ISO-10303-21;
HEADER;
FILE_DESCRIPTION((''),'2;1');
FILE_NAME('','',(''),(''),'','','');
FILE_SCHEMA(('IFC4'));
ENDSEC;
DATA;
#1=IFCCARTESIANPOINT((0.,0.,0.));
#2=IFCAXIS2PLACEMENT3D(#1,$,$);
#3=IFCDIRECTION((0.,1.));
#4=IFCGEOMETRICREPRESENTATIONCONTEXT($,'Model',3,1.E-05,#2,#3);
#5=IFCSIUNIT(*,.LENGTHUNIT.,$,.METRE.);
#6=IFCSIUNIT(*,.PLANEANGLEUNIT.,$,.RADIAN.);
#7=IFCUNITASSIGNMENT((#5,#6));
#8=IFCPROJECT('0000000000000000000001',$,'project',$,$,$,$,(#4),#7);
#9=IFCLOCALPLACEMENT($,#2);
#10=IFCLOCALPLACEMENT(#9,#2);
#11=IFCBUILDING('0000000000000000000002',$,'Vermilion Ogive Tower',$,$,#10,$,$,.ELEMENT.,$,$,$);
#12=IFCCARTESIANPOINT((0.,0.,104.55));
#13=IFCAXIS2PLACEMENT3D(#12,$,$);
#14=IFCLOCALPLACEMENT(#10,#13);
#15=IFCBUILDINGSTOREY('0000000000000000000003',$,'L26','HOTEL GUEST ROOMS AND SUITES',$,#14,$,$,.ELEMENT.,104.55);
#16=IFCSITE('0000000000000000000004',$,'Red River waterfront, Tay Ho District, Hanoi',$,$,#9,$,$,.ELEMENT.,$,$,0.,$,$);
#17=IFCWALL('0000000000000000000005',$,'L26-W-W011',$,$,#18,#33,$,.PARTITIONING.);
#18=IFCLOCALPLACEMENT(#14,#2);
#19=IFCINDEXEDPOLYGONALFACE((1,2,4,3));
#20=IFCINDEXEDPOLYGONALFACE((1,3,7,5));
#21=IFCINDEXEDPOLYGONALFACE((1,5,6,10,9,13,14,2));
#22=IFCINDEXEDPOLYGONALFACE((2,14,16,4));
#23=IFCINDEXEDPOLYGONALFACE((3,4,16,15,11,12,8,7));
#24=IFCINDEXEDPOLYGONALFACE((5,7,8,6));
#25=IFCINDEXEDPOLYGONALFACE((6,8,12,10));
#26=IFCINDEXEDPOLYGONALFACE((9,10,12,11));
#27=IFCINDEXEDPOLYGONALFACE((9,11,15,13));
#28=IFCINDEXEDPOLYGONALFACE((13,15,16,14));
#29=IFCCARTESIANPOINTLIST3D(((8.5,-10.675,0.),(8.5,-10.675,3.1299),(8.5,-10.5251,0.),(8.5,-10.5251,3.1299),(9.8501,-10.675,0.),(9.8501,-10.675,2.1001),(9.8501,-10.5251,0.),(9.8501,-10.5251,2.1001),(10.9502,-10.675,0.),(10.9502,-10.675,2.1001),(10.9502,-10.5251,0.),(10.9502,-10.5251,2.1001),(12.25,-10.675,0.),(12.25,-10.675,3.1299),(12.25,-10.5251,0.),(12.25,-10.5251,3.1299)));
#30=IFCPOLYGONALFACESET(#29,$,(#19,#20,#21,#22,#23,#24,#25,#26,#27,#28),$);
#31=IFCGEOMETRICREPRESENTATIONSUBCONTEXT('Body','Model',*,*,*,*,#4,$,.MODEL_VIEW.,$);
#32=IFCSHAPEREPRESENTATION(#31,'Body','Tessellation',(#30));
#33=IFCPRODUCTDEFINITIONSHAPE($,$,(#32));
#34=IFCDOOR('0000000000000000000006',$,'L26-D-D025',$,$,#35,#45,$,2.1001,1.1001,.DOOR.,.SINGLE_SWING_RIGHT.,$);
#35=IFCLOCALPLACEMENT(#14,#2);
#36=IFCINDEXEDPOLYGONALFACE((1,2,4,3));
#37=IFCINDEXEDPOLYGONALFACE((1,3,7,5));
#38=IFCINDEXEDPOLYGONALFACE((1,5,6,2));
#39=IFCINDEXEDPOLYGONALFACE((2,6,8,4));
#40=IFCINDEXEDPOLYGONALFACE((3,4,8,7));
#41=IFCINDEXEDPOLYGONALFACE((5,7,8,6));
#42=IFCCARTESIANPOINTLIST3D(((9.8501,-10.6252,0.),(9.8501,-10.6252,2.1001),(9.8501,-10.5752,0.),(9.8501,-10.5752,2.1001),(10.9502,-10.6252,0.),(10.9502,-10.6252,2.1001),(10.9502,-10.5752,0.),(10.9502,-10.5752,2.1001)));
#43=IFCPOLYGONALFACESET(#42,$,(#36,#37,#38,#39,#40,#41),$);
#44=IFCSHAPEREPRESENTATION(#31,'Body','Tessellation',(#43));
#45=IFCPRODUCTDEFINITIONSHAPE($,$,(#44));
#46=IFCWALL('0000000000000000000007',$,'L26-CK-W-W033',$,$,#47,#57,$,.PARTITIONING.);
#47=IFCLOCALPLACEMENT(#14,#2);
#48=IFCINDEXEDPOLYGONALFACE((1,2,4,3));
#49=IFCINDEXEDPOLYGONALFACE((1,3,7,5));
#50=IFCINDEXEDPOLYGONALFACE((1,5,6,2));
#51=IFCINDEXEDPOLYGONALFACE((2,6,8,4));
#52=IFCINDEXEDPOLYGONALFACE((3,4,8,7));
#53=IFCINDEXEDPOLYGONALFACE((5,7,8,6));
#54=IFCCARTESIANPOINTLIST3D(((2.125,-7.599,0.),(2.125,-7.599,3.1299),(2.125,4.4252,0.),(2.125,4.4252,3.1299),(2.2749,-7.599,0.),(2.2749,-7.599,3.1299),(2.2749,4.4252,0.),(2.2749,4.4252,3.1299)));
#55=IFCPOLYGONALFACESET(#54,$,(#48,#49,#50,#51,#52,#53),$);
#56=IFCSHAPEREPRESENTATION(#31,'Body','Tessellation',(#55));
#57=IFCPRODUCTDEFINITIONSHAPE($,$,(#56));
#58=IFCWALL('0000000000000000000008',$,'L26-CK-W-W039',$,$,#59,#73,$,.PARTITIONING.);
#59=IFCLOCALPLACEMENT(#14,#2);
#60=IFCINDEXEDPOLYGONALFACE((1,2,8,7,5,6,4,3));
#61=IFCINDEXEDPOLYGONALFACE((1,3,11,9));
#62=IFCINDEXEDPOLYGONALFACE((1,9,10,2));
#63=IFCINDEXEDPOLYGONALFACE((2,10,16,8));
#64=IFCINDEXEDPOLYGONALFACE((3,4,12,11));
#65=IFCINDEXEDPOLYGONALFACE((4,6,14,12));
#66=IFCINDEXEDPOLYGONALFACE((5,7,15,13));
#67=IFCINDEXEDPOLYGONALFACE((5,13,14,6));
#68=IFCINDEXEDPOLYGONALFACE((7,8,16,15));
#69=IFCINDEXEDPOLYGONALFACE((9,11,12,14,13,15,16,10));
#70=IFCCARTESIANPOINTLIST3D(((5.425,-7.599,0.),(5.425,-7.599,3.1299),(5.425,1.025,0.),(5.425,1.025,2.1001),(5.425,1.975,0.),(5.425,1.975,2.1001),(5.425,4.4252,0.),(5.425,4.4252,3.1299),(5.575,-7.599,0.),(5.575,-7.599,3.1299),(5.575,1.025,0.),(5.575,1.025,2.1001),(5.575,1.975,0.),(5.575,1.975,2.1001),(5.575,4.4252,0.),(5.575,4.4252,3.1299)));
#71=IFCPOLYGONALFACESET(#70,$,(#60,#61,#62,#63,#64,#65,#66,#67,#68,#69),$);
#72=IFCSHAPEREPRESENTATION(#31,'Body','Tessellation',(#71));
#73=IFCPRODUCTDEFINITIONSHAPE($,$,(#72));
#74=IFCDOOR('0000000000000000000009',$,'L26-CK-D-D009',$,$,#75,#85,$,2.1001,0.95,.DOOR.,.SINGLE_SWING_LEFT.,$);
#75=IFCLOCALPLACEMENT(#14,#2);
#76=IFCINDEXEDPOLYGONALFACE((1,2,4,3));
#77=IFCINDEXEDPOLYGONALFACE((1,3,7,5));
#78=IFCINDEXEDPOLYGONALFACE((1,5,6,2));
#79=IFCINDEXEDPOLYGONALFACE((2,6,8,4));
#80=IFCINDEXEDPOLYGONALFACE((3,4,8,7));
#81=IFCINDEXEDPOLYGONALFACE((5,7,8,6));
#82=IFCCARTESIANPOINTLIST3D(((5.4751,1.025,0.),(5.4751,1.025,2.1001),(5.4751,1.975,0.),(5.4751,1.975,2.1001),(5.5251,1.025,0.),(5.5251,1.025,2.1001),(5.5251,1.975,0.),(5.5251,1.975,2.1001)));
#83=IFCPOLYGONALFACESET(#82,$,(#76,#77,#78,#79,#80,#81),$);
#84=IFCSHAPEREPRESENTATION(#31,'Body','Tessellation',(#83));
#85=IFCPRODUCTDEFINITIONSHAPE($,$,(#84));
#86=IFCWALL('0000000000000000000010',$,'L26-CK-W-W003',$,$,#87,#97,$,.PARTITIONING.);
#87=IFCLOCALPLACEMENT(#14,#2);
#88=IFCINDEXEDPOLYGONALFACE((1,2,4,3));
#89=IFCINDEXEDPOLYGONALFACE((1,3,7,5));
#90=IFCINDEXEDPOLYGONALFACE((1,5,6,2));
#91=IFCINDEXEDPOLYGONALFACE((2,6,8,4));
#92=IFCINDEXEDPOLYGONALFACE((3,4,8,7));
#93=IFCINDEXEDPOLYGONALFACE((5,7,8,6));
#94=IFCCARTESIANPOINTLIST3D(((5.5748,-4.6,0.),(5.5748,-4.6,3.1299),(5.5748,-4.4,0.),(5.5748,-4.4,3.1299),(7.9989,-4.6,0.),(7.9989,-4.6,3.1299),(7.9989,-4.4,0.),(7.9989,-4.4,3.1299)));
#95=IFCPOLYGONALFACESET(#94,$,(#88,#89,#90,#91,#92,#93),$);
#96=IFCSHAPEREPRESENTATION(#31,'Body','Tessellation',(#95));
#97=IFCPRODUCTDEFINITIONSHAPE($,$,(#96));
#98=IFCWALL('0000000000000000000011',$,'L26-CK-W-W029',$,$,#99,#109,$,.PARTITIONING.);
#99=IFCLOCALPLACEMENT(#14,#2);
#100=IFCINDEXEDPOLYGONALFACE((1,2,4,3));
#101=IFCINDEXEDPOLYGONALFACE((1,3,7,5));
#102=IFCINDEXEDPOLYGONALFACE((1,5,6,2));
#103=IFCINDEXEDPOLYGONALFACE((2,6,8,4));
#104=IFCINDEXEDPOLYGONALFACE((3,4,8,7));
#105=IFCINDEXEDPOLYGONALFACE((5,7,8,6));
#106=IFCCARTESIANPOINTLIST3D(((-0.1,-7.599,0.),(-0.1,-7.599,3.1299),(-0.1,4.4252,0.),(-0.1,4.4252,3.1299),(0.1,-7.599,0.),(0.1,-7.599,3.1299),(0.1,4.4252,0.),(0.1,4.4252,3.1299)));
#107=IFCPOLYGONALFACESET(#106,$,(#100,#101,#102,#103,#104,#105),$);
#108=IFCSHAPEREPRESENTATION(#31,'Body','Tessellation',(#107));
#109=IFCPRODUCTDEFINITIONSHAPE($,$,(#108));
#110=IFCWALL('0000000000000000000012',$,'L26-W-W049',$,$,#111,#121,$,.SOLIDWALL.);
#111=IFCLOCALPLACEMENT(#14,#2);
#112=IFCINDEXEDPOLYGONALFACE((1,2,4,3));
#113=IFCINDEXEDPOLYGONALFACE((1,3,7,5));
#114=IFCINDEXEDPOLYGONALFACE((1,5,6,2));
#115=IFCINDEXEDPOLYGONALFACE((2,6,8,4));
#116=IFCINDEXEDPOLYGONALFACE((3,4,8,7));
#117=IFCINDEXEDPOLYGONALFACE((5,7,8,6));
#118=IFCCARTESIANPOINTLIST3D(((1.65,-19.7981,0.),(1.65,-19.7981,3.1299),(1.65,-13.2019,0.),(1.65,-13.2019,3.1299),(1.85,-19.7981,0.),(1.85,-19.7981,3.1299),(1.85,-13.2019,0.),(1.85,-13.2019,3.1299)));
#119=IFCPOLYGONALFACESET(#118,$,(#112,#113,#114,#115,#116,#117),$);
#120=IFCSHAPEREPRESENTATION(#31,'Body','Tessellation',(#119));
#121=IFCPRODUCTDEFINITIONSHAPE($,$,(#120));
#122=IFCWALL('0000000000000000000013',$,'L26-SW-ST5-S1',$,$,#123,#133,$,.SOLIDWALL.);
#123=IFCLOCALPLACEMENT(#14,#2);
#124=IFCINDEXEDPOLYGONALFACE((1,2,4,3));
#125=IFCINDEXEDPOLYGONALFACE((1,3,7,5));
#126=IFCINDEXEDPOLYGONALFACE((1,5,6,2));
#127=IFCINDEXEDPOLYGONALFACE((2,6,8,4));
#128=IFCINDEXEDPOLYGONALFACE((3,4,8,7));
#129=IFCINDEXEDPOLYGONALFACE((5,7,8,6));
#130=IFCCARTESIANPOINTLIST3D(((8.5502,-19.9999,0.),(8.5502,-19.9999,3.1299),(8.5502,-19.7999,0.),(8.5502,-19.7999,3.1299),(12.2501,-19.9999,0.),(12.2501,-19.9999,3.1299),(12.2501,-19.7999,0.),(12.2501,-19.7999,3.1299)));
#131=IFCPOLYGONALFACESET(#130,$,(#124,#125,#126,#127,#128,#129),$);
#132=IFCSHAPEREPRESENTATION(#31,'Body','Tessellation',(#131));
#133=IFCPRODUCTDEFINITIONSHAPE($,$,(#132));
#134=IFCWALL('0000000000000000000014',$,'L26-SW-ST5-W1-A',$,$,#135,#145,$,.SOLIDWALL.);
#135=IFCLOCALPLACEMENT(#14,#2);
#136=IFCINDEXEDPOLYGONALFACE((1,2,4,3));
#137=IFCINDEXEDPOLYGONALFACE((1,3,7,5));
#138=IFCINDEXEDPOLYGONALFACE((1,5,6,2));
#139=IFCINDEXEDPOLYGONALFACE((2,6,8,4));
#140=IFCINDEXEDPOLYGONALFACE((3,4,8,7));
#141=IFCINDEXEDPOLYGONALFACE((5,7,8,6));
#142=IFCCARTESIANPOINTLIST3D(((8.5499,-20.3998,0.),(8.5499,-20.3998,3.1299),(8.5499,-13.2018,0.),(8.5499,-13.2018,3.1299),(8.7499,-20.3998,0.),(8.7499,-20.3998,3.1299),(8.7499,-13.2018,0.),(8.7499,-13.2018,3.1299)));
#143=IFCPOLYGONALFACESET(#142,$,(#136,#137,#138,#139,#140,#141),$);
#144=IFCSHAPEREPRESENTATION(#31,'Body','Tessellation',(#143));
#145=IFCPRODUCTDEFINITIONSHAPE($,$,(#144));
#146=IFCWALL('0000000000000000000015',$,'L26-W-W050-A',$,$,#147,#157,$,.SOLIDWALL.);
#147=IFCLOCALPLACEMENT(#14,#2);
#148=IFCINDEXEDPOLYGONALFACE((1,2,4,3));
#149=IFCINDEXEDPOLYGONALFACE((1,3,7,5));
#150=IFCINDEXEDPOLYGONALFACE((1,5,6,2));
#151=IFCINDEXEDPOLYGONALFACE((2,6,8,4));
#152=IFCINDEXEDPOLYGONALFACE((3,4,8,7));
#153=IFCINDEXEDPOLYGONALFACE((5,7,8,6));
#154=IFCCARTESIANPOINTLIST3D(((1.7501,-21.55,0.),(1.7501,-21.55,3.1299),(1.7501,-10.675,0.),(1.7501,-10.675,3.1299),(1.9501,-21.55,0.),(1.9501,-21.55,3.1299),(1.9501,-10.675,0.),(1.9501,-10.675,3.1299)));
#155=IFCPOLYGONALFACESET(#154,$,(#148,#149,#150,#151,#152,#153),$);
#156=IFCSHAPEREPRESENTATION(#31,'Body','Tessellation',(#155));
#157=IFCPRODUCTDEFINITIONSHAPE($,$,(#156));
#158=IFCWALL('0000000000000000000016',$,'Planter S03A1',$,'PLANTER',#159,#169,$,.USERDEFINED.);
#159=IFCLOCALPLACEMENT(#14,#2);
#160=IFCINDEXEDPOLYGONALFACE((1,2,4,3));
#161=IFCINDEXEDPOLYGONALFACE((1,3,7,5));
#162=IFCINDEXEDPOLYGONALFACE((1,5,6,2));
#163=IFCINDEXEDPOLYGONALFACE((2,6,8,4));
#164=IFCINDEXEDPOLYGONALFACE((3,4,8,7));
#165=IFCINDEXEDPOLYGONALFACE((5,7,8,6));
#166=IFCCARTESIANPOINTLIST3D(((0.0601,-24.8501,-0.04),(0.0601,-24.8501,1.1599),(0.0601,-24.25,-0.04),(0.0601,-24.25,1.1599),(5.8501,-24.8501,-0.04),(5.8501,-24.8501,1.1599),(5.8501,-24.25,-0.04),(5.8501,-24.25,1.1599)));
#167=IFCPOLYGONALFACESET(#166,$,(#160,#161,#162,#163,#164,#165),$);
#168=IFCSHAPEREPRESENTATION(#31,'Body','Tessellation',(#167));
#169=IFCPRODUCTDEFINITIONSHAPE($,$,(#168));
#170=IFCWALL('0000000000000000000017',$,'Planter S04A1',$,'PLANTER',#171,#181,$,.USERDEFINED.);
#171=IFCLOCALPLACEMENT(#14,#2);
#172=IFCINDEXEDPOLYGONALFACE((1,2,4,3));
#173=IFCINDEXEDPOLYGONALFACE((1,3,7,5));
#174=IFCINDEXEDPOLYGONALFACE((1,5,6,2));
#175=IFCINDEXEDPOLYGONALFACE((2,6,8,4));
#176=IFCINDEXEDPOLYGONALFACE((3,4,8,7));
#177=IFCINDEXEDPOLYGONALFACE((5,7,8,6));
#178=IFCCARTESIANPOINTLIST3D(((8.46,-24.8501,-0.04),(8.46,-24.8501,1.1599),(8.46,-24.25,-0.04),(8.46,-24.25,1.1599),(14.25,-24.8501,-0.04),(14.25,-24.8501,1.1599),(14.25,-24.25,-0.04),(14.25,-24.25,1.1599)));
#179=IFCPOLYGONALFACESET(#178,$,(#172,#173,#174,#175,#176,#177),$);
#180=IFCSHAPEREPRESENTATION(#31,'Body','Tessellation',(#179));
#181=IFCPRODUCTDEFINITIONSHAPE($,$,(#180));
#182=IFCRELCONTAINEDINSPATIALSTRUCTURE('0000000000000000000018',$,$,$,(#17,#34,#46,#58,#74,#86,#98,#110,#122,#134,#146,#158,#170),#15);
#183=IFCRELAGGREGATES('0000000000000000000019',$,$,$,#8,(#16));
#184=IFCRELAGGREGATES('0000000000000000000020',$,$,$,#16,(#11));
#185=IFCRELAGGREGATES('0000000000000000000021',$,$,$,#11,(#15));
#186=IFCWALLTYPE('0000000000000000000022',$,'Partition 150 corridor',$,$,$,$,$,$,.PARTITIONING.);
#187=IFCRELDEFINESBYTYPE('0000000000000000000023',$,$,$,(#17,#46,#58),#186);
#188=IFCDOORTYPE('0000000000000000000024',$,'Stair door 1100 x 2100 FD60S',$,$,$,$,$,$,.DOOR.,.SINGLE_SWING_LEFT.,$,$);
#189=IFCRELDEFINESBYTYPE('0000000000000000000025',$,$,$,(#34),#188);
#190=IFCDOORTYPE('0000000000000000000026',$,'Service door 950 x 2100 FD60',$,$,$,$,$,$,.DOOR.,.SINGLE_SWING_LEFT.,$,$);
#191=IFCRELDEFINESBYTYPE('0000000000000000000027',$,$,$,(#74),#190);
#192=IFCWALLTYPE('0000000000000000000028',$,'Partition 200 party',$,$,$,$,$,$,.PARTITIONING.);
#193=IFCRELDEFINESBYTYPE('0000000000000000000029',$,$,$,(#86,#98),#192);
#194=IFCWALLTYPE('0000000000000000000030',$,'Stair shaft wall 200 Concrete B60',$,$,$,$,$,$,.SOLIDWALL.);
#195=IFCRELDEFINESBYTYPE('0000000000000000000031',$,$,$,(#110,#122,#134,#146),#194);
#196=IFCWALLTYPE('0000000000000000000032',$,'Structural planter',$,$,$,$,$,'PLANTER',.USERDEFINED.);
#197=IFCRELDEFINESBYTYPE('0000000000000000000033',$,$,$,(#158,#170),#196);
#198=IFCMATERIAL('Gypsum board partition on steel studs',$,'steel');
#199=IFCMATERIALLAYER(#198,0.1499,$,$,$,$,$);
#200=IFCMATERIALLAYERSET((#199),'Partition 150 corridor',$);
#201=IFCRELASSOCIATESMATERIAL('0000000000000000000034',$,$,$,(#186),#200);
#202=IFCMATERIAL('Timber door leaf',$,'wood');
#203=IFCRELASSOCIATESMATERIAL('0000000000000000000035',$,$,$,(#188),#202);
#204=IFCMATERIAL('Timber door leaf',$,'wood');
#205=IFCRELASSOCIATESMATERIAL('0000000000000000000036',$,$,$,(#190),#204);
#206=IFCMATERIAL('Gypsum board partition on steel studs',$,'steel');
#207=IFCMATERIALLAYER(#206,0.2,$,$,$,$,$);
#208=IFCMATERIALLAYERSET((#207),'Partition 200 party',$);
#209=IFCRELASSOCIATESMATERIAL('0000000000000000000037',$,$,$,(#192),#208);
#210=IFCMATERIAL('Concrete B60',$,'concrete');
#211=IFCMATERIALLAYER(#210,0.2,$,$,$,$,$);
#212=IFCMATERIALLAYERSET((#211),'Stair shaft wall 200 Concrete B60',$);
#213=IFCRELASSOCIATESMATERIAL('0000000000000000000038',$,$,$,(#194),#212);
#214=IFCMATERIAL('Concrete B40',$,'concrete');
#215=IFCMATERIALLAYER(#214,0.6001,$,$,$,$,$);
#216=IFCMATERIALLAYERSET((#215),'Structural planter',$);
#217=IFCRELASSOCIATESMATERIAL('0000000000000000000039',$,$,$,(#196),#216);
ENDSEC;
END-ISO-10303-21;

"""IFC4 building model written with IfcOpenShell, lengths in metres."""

from ifc_helpers import new_model, si_unit, direction, frame, frame_2d, origin, place, context, subcontext, project, spatial, rectangle, extrude, material, layer, layer_set, type_object, element, fill, save


model = new_model("IFC4")

# Units and contexts
model_context = context("Model", 3, precision=1e-05, world=origin(), true_north=direction((0.0, 1.0)))
body_context = subcontext(model_context, "Body", "Model", "MODEL_VIEW")
ifc_project = project(units=[si_unit("LENGTHUNIT", "METRE"), si_unit("PLANEANGLEUNIT", "RADIAN")], contexts=[model_context])

# Site, building, storey
site_placement = place(None, origin())
site = spatial("IfcSite", under=ifc_project, at=site_placement, Name="Red River waterfront, Tay Ho District, Hanoi", CompositionType="ELEMENT", RefElevation=0.0)
building_placement = place(site_placement, origin())
building = spatial("IfcBuilding", under=site, at=building_placement, Name="Vermilion Ogive Tower", CompositionType="ELEMENT")
storey_placement = place(building_placement, frame((0.0, 0.0, 104.55)))
storey = spatial("IfcBuildingStorey", under=building, at=storey_placement, Name="L26", Description="HOTEL GUEST ROOMS AND SUITES", CompositionType="ELEMENT", Elevation=104.55)

# Wall, opening, door
ifc_material_1 = material(Name="Gypsum board partition on steel studs", Category="steel")
ifc_layer_1 = layer(ifc_material_1, 0.1499)
ifc_layer_set_1 = layer_set([ifc_layer_1], Name="Partition 150 corridor")
wall_type_1 = type_object("IfcWallType", Name="Partition 150 corridor", PredefinedType="PARTITIONING", material=ifc_layer_set_1)
wall_1_placement = place(storey_placement, frame((8.5, -10.6001, 0.0), z_axis=(0.0, 0.0, 1.0), x_axis=(1.0, 0.0, 0.0)))
wall_1 = element("IfcWall", 1, at=wall_1_placement, inside=storey, type_object=wall_type_1, Name="L26-W-W011", PredefinedType="PARTITIONING", context=body_context, shape_type="SweptSolid", body=[
    extrude(rectangle(XDim=3.75, YDim=0.1499, at=frame_2d((1.875, 0.0))), origin(), (0.0, 0.0, 1.0), 3.1299),
])
opening_1_placement = place(wall_1_placement, frame((1.3501, 0.0, 0.0)))
opening_1 = element("IfcOpeningElement", 2, at=opening_1_placement, cuts=wall_1, PredefinedType="OPENING", context=body_context, shape_type="SweptSolid", body=[
    extrude(rectangle(XDim=1.1001, YDim=2.1001, at=frame_2d((0.55, 1.05))), frame((0.0, 0.085, 0.0), z_axis=(0.0, -1.0, 0.0), x_axis=(1.0, 0.0, 0.0)), (0.0, 0.0, 1.0), 0.1699),
])
ifc_material_2 = material(Name="Timber door leaf", Category="wood")
door_type_1 = type_object("IfcDoorType", Name="Stair door 1100 x 2100 FD60S", OperationType="SINGLE_SWING_LEFT", PredefinedType="DOOR", material=ifc_material_2)
door_1_placement = place(opening_1_placement, origin())
door_1 = element("IfcDoor", 3, at=door_1_placement, inside=storey, type_object=door_type_1, Name="L26-D-D025", OperationType="SINGLE_SWING_RIGHT", OverallHeight=2.1001, OverallWidth=1.1001, PredefinedType="DOOR", context=body_context, shape_type="SweptSolid", body=[
    extrude(rectangle(XDim=1.1001, YDim=2.1001, at=frame_2d((0.55, 1.05))), frame((0.0, 0.0249, 0.0), z_axis=(0.0, -1.0, 0.0), x_axis=(1.0, 0.0, 0.0)), (0.0, 0.0, 1.0), 0.05),
])
fill(opening_1, door_1)

# Wall
wall_2_placement = place(storey_placement, frame((2.2, -7.5991, 0.0), z_axis=(0.0, 0.0, 1.0), x_axis=(0.0, 1.0, 0.0)))
element("IfcWall", 4, at=wall_2_placement, inside=storey, type_object=wall_type_1, Name="L26-CK-W-W033", PredefinedType="PARTITIONING", context=body_context, shape_type="SweptSolid", body=[
    extrude(rectangle(XDim=12.0242, YDim=0.1499, at=frame_2d((6.0122, 0.0))), origin(), (0.0, 0.0, 1.0), 3.1299),
])

# Wall, opening, door
wall_3_placement = place(storey_placement, frame((5.5, -7.5991, 0.0), z_axis=(0.0, 0.0, 1.0), x_axis=(0.0, 1.0, 0.0)))
wall_3 = element("IfcWall", 5, at=wall_3_placement, inside=storey, type_object=wall_type_1, Name="L26-CK-W-W039", PredefinedType="PARTITIONING", context=body_context, shape_type="SweptSolid", body=[
    extrude(rectangle(XDim=12.0242, YDim=0.1499, at=frame_2d((6.0122, 0.0))), origin(), (0.0, 0.0, 1.0), 3.1299),
])
opening_2_placement = place(wall_3_placement, frame((8.624, 0.0, 0.0)))
opening_2 = element("IfcOpeningElement", 6, at=opening_2_placement, cuts=wall_3, PredefinedType="OPENING", context=body_context, shape_type="SweptSolid", body=[
    extrude(rectangle(XDim=0.95, YDim=2.1001, at=frame_2d((0.4751, 1.05))), frame((0.0, 0.085, 0.0), z_axis=(0.0, -1.0, 0.0), x_axis=(1.0, 0.0, 0.0)), (0.0, 0.0, 1.0), 0.1699),
])
ifc_material_3 = material(Name="Timber door leaf", Category="wood")
door_type_2 = type_object("IfcDoorType", Name="Service door 950 x 2100 FD60", OperationType="SINGLE_SWING_LEFT", PredefinedType="DOOR", material=ifc_material_3)
door_2_placement = place(opening_2_placement, origin())
door_2 = element("IfcDoor", 7, at=door_2_placement, inside=storey, type_object=door_type_2, Name="L26-CK-D-D009", OperationType="SINGLE_SWING_LEFT", OverallHeight=2.1001, OverallWidth=0.95, PredefinedType="DOOR", context=body_context, shape_type="SweptSolid", body=[
    extrude(rectangle(XDim=0.95, YDim=2.1001, at=frame_2d((0.4751, 1.05))), frame((0.0, 0.0249, 0.0), z_axis=(0.0, -1.0, 0.0), x_axis=(1.0, 0.0, 0.0)), (0.0, 0.0, 1.0), 0.05),
])
fill(opening_2, door_2)

# Walls
ifc_material_4 = material(Name="Gypsum board partition on steel studs", Category="steel")
ifc_layer_2 = layer(ifc_material_4, 0.2)
ifc_layer_set_2 = layer_set([ifc_layer_2], Name="Partition 200 party")
wall_type_2 = type_object("IfcWallType", Name="Partition 200 party", PredefinedType="PARTITIONING", material=ifc_layer_set_2)
wall_4_placement = place(storey_placement, frame((5.575, -4.5, 0.0), z_axis=(0.0, 0.0, 1.0), x_axis=(1.0, 0.0, 0.0)))
element("IfcWall", 8, at=wall_4_placement, inside=storey, type_object=wall_type_2, Name="L26-CK-W-W003", PredefinedType="PARTITIONING", context=body_context, shape_type="SweptSolid", body=[
    extrude(rectangle(XDim=2.4241, YDim=0.2, at=frame_2d((1.2119, 0.0))), origin(), (0.0, 0.0, 1.0), 3.1299),
])
wall_5_placement = place(storey_placement, frame((0.0, -7.5991, 0.0), z_axis=(0.0, 0.0, 1.0), x_axis=(0.0, 1.0, 0.0)))
element("IfcWall", 9, at=wall_5_placement, inside=storey, type_object=wall_type_2, Name="L26-CK-W-W029", PredefinedType="PARTITIONING", context=body_context, shape_type="SweptSolid", body=[
    extrude(rectangle(XDim=12.0242, YDim=0.2, at=frame_2d((6.0122, 0.0))), origin(), (0.0, 0.0, 1.0), 3.1299),
])
ifc_material_5 = material(Name="Concrete B60", Category="concrete")
ifc_layer_3 = layer(ifc_material_5, 0.2)
ifc_layer_set_3 = layer_set([ifc_layer_3], Name="Stair shaft wall 200 Concrete B60")
wall_type_3 = type_object("IfcWallType", Name="Stair shaft wall 200 Concrete B60", PredefinedType="SOLIDWALL", material=ifc_layer_set_3)
wall_6_placement = place(storey_placement, frame((1.75, -19.7981, 0.0), z_axis=(0.0, 0.0, 1.0), x_axis=(0.0, 1.0, 0.0)))
element("IfcWall", 10, at=wall_6_placement, inside=storey, type_object=wall_type_3, Name="L26-W-W049", PredefinedType="SOLIDWALL", context=body_context, shape_type="SweptSolid", body=[
    extrude(rectangle(XDim=6.5962, YDim=0.2, at=frame_2d((3.2981, 0.0))), origin(), (0.0, 0.0, 1.0), 3.1299),
])
wall_7_placement = place(storey_placement, frame((8.55, -19.8999, 0.0), z_axis=(0.0, 0.0, 1.0), x_axis=(1.0, 0.0, 0.0)))
element("IfcWall", 11, at=wall_7_placement, inside=storey, type_object=wall_type_3, Name="L26-SW-ST5-S1", PredefinedType="SOLIDWALL", context=body_context, shape_type="SweptSolid", body=[
    extrude(rectangle(XDim=3.7, YDim=0.2, at=frame_2d((1.8501, 0.0))), origin(), (0.0, 0.0, 1.0), 3.1299),
])
wall_8_placement = place(storey_placement, frame((8.6499, -20.3999, 0.0), z_axis=(0.0, 0.0, 1.0), x_axis=(0.0, 1.0, 0.0)))
element("IfcWall", 12, at=wall_8_placement, inside=storey, type_object=wall_type_3, Name="L26-SW-ST5-W1-A", PredefinedType="SOLIDWALL", context=body_context, shape_type="SweptSolid", body=[
    extrude(rectangle(XDim=7.198, YDim=0.2, at=frame_2d((3.5991, 0.0))), origin(), (0.0, 0.0, 1.0), 3.1299),
])
wall_9_placement = place(storey_placement, frame((1.8501, -21.55, 0.0), z_axis=(0.0, 0.0, 1.0), x_axis=(0.0, 1.0, 0.0)))
element("IfcWall", 13, at=wall_9_placement, inside=storey, type_object=wall_type_3, Name="L26-W-W050-A", PredefinedType="SOLIDWALL", context=body_context, shape_type="SweptSolid", body=[
    extrude(rectangle(XDim=10.875, YDim=0.2, at=frame_2d((5.4375, 0.0))), origin(), (0.0, 0.0, 1.0), 3.1299),
])
ifc_material_6 = material(Name="Concrete B40", Category="concrete")
ifc_layer_4 = layer(ifc_material_6, 0.6001)
ifc_layer_set_4 = layer_set([ifc_layer_4], Name="Structural planter")
wall_type_4 = type_object("IfcWallType", Name="Structural planter", ElementType="PLANTER", PredefinedType="USERDEFINED", material=ifc_layer_set_4)
for number, where, z_axis, x_axis, name in (
    (14, (0.0601, -24.55, -0.04), (0.0, 0.0, 1.0), (1.0, 0.0, 0.0), "Planter S03A1"),
    (15, (8.46, -24.55, -0.04), (0.0, 0.0, 1.0), (1.0, 0.0, 0.0), "Planter S04A1"),
):
    element("IfcWall", number, at=place(storey_placement, frame(where, z_axis=z_axis, x_axis=x_axis)), inside=storey, type_object=wall_type_4, Name=name, ObjectType="PLANTER", PredefinedType="USERDEFINED", context=body_context, shape_type="SweptSolid", body=[
        extrude(rectangle(XDim=5.79, YDim=0.6001, at=frame_2d((2.895, 0.0))), origin(), (0.0, 0.0, 1.0), 1.2),
    ])

save(model, "model.ifc")
